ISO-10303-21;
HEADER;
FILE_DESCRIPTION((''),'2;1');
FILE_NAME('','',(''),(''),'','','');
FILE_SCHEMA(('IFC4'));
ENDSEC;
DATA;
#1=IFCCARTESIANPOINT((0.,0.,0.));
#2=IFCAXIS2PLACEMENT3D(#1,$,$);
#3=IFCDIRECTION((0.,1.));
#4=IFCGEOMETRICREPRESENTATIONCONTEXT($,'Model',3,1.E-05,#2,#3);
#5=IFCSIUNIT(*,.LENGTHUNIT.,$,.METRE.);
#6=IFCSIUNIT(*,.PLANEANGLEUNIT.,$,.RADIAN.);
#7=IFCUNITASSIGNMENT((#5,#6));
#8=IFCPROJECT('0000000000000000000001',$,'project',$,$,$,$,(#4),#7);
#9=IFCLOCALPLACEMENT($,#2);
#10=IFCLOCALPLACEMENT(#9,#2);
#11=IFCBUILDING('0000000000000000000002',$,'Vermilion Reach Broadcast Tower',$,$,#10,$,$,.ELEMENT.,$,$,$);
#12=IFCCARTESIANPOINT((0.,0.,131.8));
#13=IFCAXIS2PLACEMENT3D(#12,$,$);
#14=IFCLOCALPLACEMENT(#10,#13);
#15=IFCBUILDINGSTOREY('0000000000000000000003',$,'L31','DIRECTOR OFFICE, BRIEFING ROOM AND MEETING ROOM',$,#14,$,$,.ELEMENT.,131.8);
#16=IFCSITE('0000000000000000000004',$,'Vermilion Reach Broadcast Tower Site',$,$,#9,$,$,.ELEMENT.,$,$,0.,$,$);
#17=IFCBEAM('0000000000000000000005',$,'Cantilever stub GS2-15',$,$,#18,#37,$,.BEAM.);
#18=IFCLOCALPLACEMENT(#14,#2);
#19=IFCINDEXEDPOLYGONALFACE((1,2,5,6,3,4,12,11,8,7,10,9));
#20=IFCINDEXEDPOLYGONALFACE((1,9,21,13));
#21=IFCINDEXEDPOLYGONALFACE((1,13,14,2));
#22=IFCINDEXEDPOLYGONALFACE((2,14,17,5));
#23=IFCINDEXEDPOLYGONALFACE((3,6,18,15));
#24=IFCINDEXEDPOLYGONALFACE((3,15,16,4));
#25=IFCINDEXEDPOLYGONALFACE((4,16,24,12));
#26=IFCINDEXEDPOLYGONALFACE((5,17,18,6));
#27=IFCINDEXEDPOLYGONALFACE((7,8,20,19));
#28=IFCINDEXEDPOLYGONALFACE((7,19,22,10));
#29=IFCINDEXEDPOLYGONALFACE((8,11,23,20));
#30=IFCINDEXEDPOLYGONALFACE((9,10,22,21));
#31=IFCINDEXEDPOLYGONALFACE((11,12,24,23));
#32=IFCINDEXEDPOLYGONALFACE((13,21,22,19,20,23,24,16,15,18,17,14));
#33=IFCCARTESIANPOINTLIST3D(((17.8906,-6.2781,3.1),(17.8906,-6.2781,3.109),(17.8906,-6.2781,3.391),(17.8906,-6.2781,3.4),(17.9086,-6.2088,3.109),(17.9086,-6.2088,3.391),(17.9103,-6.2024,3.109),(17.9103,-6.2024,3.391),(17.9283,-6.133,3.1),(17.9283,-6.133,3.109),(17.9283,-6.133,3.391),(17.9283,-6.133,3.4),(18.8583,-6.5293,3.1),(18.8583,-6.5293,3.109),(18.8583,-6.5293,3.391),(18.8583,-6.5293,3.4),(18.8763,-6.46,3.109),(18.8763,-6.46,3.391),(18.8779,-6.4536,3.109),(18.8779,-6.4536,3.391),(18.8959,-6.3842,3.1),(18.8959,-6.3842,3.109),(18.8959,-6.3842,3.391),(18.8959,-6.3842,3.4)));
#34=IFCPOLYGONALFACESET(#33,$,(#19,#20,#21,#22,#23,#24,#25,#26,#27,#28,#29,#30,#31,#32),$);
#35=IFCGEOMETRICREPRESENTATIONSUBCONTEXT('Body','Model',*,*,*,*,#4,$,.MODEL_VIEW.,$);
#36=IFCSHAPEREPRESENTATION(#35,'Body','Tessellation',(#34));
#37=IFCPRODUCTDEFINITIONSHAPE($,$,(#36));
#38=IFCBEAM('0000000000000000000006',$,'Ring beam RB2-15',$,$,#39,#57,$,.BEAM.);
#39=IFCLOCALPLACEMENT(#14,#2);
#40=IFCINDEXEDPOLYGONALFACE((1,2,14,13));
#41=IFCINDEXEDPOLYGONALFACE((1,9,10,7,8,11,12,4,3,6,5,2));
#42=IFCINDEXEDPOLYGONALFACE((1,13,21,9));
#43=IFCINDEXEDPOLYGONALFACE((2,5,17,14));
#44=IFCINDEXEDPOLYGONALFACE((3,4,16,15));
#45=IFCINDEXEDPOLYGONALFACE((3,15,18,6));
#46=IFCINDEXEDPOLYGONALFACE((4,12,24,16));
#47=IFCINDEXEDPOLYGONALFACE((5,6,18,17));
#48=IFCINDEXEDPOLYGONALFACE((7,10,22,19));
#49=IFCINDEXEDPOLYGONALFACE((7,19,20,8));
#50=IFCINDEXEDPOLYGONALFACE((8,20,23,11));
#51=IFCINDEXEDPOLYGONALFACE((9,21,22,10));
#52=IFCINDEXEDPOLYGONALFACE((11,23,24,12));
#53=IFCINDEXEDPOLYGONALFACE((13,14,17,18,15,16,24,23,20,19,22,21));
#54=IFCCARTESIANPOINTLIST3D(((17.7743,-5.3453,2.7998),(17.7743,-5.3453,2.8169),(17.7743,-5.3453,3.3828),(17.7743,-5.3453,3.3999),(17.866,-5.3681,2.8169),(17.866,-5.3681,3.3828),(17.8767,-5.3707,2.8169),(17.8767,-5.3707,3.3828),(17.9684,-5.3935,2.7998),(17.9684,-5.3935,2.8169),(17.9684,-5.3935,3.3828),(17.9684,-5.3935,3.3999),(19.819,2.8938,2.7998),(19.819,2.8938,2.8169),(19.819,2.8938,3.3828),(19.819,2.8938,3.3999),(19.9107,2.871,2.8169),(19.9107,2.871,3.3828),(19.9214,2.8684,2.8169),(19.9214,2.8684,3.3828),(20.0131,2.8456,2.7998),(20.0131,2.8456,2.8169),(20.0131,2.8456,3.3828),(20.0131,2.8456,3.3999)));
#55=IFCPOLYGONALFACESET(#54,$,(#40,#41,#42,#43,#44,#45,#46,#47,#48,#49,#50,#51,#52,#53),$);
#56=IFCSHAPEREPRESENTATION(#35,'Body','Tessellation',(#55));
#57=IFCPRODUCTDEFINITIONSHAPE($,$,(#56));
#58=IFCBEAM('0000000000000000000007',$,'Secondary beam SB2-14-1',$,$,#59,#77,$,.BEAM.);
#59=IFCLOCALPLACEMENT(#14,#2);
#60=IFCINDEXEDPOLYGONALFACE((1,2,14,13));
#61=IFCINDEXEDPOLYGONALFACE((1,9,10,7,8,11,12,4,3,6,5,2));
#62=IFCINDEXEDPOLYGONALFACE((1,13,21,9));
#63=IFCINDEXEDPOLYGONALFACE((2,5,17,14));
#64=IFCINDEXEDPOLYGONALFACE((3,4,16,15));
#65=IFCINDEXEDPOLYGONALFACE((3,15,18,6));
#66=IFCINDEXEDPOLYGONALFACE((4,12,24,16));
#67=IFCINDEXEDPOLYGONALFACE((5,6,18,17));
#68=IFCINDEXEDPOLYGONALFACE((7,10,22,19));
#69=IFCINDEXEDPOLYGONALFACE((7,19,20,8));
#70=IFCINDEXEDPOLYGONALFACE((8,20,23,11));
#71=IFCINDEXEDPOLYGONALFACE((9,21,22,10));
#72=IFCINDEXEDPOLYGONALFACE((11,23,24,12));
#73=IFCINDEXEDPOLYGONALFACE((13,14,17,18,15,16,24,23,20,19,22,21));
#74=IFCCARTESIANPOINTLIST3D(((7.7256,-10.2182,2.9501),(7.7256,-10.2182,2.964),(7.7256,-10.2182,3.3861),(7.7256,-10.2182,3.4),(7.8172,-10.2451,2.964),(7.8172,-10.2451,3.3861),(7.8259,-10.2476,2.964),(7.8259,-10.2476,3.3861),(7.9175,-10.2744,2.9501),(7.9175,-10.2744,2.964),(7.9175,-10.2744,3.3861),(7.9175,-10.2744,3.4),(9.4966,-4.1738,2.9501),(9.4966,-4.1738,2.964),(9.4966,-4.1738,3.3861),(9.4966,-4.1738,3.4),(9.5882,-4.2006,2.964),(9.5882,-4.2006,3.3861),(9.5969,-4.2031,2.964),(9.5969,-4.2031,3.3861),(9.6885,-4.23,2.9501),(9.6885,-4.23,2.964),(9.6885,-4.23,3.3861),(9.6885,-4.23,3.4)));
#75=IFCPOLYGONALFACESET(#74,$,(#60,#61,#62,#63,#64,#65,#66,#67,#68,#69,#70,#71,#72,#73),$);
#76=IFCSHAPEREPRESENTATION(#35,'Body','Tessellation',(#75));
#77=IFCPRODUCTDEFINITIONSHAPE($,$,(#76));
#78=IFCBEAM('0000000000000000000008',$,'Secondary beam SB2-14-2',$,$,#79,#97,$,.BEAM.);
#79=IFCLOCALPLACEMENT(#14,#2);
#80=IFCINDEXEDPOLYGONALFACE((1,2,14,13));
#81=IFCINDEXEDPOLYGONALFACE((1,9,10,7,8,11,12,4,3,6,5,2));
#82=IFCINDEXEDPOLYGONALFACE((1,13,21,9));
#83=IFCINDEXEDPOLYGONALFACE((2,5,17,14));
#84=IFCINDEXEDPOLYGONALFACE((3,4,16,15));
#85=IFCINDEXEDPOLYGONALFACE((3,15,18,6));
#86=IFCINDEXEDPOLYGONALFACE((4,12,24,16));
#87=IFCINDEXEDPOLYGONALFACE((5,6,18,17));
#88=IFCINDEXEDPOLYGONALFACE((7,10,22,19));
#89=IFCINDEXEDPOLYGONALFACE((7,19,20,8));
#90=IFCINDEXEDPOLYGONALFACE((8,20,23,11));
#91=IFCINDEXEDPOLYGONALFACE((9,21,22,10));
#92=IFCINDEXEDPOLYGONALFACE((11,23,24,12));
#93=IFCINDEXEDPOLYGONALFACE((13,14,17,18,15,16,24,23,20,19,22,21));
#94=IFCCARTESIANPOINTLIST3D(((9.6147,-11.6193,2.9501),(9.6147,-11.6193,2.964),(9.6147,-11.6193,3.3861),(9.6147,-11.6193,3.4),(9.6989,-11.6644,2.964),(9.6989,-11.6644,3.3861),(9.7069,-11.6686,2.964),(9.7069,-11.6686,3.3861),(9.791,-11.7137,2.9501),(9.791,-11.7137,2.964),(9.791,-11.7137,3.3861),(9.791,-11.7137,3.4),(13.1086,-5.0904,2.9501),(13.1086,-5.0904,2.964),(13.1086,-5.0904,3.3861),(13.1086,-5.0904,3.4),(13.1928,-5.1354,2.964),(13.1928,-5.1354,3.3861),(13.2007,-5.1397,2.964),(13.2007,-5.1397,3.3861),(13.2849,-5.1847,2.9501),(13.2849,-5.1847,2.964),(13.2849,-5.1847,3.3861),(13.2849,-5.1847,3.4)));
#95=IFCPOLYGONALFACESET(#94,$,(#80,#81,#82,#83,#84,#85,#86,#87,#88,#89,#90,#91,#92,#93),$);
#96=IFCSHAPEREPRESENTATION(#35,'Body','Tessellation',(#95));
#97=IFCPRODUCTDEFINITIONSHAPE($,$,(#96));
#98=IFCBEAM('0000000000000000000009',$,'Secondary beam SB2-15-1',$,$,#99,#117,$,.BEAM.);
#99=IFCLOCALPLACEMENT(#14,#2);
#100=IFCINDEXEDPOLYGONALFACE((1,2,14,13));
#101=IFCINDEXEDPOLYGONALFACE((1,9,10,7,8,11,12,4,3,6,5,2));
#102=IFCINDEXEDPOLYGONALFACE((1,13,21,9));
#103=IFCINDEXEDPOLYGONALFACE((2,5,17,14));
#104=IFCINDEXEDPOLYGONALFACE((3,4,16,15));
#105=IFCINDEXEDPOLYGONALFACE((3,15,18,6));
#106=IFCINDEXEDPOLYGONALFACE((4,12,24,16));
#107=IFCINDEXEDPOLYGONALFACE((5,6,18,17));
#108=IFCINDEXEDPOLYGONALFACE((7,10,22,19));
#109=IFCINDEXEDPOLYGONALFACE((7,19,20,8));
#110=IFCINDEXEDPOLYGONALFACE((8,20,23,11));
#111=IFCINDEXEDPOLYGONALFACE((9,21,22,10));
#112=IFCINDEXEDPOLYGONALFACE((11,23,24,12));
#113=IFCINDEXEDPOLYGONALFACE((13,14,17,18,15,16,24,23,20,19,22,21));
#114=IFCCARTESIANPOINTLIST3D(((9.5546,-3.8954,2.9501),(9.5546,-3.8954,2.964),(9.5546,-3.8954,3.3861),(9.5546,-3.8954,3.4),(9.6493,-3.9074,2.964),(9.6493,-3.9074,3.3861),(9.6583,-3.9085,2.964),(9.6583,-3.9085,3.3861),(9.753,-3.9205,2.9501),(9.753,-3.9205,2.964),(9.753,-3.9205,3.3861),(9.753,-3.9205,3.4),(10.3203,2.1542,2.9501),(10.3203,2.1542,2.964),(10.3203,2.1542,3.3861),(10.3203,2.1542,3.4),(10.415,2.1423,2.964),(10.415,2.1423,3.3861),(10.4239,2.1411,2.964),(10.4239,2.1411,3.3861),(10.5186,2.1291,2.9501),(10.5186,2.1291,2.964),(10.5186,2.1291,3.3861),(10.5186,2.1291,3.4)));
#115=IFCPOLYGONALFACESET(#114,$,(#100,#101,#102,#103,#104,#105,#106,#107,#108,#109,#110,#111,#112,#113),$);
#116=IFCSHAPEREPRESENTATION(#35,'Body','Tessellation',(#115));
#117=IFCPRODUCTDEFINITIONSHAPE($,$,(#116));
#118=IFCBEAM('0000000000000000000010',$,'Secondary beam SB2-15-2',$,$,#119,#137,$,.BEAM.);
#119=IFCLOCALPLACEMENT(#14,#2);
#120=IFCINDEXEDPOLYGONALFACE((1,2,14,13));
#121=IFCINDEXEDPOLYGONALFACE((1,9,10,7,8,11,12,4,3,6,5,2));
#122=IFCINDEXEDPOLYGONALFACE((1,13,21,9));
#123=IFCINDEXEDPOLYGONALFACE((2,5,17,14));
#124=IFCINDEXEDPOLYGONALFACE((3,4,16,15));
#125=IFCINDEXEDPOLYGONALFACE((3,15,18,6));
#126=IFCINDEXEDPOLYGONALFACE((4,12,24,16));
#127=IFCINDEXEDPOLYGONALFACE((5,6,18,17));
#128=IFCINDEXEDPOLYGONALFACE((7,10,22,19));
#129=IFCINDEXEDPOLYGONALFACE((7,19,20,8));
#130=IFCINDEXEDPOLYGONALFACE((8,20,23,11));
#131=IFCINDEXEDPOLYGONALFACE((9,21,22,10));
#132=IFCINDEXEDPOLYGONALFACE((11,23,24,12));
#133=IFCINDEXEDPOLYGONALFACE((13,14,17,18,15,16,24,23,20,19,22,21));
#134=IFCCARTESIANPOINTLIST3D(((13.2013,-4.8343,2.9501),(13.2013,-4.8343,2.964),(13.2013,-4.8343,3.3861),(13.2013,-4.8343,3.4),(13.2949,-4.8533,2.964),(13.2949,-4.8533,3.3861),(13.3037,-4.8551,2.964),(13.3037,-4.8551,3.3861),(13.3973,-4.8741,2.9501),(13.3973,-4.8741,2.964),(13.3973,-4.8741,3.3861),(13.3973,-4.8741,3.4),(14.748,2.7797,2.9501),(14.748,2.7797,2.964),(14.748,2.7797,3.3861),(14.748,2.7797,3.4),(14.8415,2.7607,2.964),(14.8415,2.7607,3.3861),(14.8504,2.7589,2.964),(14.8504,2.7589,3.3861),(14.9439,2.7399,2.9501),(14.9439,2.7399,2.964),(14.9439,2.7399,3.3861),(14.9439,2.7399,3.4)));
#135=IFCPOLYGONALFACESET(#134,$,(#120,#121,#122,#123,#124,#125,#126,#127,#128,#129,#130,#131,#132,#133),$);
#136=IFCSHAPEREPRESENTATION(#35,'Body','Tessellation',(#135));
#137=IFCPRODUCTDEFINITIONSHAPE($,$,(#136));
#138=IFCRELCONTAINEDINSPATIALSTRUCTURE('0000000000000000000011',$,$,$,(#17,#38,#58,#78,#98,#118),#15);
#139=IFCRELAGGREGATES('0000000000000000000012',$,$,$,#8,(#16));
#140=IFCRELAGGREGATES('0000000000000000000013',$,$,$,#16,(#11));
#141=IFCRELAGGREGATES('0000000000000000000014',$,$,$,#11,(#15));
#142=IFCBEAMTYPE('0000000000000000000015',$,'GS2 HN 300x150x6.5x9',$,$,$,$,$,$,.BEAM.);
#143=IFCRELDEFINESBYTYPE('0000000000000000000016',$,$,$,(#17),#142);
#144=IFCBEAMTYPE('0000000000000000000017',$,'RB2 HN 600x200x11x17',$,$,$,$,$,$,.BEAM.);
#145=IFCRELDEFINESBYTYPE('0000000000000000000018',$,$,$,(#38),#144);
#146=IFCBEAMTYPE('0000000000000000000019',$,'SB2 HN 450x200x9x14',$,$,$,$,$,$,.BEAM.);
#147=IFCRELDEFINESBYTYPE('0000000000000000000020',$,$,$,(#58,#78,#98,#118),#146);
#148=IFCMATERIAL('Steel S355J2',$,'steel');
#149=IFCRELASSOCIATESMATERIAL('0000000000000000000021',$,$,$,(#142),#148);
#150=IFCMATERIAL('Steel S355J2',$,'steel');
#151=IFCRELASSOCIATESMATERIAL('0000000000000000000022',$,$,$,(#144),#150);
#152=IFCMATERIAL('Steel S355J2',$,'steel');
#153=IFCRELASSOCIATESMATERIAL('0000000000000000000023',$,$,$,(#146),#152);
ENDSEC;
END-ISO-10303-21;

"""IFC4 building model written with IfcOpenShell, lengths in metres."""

from ifc_helpers import new_model, si_unit, direction, frame, origin, origin_2d, place, context, subcontext, project, spatial, i_section, extrude, material, material_profile, profile_set, type_object, element, save


model = new_model("IFC4")

# Units and contexts
model_context = context("Model", 3, precision=1e-05, world=origin(), true_north=direction((0.0, 1.0)))
body_context = subcontext(model_context, "Body", "Model", "MODEL_VIEW")
ifc_project = project(units=[si_unit("LENGTHUNIT", "METRE"), si_unit("PLANEANGLEUNIT", "RADIAN")], contexts=[model_context])

# Site, building, storey
site_placement = place(None, origin())
site = spatial("IfcSite", under=ifc_project, at=site_placement, Name="Vermilion Reach Broadcast Tower Site", CompositionType="ELEMENT", RefElevation=0.0)
building_placement = place(site_placement, origin())
building = spatial("IfcBuilding", under=site, at=building_placement, Name="Vermilion Reach Broadcast Tower", CompositionType="ELEMENT")
storey_placement = place(building_placement, frame((0.0, 0.0, 131.8)))
storey = spatial("IfcBuildingStorey", under=building, at=storey_placement, Name="L31", Description="DIRECTOR OFFICE, BRIEFING ROOM AND MEETING ROOM", CompositionType="ELEMENT", Elevation=131.8)

# Beams
ifc_material_1 = material(Name="Steel S355J2", Category="steel")
ifc_material_profile_1 = material_profile(ifc_material_1, i_section(OverallWidth=0.1499, OverallDepth=0.3, WebThickness=0.0066, FlangeThickness=0.009, at=origin_2d()), Name="S355J2 HN 300x150x6.5x9")
ifc_profile_set_1 = profile_set([ifc_material_profile_1], Name="Steel S355J2")
beam_type_1 = type_object("IfcBeamType", Name="GS2 HN 300x150x6.5x9", PredefinedType="BEAM", material=ifc_profile_set_1)
beam_1_placement = place(storey_placement, frame((17.9094, -6.2056, 3.25), z_axis=(0.96792, -0.251259, 0.0), x_axis=(0.251259, 0.96792, 0.0)))
element("IfcBeam", 1, at=beam_1_placement, inside=storey, type_object=beam_type_1, Name="Cantilever stub GS2-15", PredefinedType="BEAM", context=body_context, shape_type="SweptSolid", body=[
    extrude(i_section(OverallWidth=0.1499, OverallDepth=0.3, WebThickness=0.0066, FlangeThickness=0.009, at=origin_2d()), origin(), (0.0, 0.0, 1.0), 0.9998),
])
ifc_material_2 = material(Name="Steel S355J2", Category="steel")
ifc_material_profile_2 = material_profile(ifc_material_2, i_section(OverallWidth=0.2, OverallDepth=0.6001, WebThickness=0.011, FlangeThickness=0.0171, at=origin_2d()), Name="S355J2 HN 600x200x11x17")
ifc_profile_set_2 = profile_set([ifc_material_profile_2], Name="Steel S355J2")
beam_type_2 = type_object("IfcBeamType", Name="RB2 HN 600x200x11x17", PredefinedType="BEAM", material=ifc_profile_set_2)
beam_2_placement = place(storey_placement, frame((17.8713, -5.3694, 3.0999), z_axis=(0.240864, 0.970559, 0.0), x_axis=(-0.970559, 0.240864, 0.0)))
element("IfcBeam", 2, at=beam_2_placement, inside=storey, type_object=beam_type_2, Name="Ring beam RB2-15", PredefinedType="BEAM", context=body_context, shape_type="SweptSolid", body=[
    extrude(i_section(OverallWidth=0.2, OverallDepth=0.6001, WebThickness=0.011, FlangeThickness=0.0171, at=origin_2d()), origin(), (0.0, 0.0, 1.0), 8.489),
])
ifc_material_3 = material(Name="Steel S355J2", Category="steel")
ifc_material_profile_3 = material_profile(ifc_material_3, i_section(OverallWidth=0.2, OverallDepth=0.45, WebThickness=0.009, FlangeThickness=0.0139, at=origin_2d()), Name="S355J2 HN 450x200x9x14")
ifc_profile_set_3 = profile_set([ifc_material_profile_3], Name="Steel S355J2")
beam_type_3 = type_object("IfcBeamType", Name="SB2 HN 450x200x9x14", PredefinedType="BEAM", material=ifc_profile_set_3)
beam_3_placement = place(storey_placement, frame((7.8215, -10.2463, 3.175), z_axis=(0.281176, 0.959656, 0.0), x_axis=(-0.959656, 0.281176, 0.0)))
element("IfcBeam", 3, at=beam_3_placement, inside=storey, type_object=beam_type_3, Name="Secondary beam SB2-14-1", PredefinedType="BEAM", context=body_context, shape_type="SweptSolid", body=[
    extrude(i_section(OverallWidth=0.2, OverallDepth=0.45, WebThickness=0.009, FlangeThickness=0.0139, at=origin_2d()), origin(), (0.0, 0.0, 1.0), 6.2986),
])
beam_4_placement = place(storey_placement, frame((9.7029, -11.6665, 3.175), z_axis=(0.471822, 0.881694, 0.0), x_axis=(-0.881694, 0.471822, 0.0)))
element("IfcBeam", 4, at=beam_4_placement, inside=storey, type_object=beam_type_3, Name="Secondary beam SB2-14-2", PredefinedType="BEAM", context=body_context, shape_type="SweptSolid", body=[
    extrude(i_section(OverallWidth=0.2, OverallDepth=0.45, WebThickness=0.009, FlangeThickness=0.0139, at=origin_2d()), origin(), (0.0, 0.0, 1.0), 7.405),
])
beam_5_placement = place(storey_placement, frame((9.6538, -3.908, 3.175), z_axis=(0.125557, 0.992086, 0.0), x_axis=(-0.992086, 0.125557, 0.0)))
element("IfcBeam", 5, at=beam_5_placement, inside=storey, type_object=beam_type_3, Name="Secondary beam SB2-15-1", PredefinedType="BEAM", context=body_context, shape_type="SweptSolid", body=[
    extrude(i_section(OverallWidth=0.2, OverallDepth=0.45, WebThickness=0.009, FlangeThickness=0.0139, at=origin_2d()), origin(), (0.0, 0.0, 1.0), 6.0979),
])
beam_6_placement = place(storey_placement, frame((13.2993, -4.8542, 3.175), z_axis=(0.199064, 0.979986, 0.0), x_axis=(-0.979986, 0.199064, 0.0)))
element("IfcBeam", 6, at=beam_6_placement, inside=storey, type_object=beam_type_3, Name="Secondary beam SB2-15-2", PredefinedType="BEAM", context=body_context, shape_type="SweptSolid", body=[
    extrude(i_section(OverallWidth=0.2, OverallDepth=0.45, WebThickness=0.009, FlangeThickness=0.0139, at=origin_2d()), origin(), (0.0, 0.0, 1.0), 7.7695),
])

save(model, "model.ifc")
